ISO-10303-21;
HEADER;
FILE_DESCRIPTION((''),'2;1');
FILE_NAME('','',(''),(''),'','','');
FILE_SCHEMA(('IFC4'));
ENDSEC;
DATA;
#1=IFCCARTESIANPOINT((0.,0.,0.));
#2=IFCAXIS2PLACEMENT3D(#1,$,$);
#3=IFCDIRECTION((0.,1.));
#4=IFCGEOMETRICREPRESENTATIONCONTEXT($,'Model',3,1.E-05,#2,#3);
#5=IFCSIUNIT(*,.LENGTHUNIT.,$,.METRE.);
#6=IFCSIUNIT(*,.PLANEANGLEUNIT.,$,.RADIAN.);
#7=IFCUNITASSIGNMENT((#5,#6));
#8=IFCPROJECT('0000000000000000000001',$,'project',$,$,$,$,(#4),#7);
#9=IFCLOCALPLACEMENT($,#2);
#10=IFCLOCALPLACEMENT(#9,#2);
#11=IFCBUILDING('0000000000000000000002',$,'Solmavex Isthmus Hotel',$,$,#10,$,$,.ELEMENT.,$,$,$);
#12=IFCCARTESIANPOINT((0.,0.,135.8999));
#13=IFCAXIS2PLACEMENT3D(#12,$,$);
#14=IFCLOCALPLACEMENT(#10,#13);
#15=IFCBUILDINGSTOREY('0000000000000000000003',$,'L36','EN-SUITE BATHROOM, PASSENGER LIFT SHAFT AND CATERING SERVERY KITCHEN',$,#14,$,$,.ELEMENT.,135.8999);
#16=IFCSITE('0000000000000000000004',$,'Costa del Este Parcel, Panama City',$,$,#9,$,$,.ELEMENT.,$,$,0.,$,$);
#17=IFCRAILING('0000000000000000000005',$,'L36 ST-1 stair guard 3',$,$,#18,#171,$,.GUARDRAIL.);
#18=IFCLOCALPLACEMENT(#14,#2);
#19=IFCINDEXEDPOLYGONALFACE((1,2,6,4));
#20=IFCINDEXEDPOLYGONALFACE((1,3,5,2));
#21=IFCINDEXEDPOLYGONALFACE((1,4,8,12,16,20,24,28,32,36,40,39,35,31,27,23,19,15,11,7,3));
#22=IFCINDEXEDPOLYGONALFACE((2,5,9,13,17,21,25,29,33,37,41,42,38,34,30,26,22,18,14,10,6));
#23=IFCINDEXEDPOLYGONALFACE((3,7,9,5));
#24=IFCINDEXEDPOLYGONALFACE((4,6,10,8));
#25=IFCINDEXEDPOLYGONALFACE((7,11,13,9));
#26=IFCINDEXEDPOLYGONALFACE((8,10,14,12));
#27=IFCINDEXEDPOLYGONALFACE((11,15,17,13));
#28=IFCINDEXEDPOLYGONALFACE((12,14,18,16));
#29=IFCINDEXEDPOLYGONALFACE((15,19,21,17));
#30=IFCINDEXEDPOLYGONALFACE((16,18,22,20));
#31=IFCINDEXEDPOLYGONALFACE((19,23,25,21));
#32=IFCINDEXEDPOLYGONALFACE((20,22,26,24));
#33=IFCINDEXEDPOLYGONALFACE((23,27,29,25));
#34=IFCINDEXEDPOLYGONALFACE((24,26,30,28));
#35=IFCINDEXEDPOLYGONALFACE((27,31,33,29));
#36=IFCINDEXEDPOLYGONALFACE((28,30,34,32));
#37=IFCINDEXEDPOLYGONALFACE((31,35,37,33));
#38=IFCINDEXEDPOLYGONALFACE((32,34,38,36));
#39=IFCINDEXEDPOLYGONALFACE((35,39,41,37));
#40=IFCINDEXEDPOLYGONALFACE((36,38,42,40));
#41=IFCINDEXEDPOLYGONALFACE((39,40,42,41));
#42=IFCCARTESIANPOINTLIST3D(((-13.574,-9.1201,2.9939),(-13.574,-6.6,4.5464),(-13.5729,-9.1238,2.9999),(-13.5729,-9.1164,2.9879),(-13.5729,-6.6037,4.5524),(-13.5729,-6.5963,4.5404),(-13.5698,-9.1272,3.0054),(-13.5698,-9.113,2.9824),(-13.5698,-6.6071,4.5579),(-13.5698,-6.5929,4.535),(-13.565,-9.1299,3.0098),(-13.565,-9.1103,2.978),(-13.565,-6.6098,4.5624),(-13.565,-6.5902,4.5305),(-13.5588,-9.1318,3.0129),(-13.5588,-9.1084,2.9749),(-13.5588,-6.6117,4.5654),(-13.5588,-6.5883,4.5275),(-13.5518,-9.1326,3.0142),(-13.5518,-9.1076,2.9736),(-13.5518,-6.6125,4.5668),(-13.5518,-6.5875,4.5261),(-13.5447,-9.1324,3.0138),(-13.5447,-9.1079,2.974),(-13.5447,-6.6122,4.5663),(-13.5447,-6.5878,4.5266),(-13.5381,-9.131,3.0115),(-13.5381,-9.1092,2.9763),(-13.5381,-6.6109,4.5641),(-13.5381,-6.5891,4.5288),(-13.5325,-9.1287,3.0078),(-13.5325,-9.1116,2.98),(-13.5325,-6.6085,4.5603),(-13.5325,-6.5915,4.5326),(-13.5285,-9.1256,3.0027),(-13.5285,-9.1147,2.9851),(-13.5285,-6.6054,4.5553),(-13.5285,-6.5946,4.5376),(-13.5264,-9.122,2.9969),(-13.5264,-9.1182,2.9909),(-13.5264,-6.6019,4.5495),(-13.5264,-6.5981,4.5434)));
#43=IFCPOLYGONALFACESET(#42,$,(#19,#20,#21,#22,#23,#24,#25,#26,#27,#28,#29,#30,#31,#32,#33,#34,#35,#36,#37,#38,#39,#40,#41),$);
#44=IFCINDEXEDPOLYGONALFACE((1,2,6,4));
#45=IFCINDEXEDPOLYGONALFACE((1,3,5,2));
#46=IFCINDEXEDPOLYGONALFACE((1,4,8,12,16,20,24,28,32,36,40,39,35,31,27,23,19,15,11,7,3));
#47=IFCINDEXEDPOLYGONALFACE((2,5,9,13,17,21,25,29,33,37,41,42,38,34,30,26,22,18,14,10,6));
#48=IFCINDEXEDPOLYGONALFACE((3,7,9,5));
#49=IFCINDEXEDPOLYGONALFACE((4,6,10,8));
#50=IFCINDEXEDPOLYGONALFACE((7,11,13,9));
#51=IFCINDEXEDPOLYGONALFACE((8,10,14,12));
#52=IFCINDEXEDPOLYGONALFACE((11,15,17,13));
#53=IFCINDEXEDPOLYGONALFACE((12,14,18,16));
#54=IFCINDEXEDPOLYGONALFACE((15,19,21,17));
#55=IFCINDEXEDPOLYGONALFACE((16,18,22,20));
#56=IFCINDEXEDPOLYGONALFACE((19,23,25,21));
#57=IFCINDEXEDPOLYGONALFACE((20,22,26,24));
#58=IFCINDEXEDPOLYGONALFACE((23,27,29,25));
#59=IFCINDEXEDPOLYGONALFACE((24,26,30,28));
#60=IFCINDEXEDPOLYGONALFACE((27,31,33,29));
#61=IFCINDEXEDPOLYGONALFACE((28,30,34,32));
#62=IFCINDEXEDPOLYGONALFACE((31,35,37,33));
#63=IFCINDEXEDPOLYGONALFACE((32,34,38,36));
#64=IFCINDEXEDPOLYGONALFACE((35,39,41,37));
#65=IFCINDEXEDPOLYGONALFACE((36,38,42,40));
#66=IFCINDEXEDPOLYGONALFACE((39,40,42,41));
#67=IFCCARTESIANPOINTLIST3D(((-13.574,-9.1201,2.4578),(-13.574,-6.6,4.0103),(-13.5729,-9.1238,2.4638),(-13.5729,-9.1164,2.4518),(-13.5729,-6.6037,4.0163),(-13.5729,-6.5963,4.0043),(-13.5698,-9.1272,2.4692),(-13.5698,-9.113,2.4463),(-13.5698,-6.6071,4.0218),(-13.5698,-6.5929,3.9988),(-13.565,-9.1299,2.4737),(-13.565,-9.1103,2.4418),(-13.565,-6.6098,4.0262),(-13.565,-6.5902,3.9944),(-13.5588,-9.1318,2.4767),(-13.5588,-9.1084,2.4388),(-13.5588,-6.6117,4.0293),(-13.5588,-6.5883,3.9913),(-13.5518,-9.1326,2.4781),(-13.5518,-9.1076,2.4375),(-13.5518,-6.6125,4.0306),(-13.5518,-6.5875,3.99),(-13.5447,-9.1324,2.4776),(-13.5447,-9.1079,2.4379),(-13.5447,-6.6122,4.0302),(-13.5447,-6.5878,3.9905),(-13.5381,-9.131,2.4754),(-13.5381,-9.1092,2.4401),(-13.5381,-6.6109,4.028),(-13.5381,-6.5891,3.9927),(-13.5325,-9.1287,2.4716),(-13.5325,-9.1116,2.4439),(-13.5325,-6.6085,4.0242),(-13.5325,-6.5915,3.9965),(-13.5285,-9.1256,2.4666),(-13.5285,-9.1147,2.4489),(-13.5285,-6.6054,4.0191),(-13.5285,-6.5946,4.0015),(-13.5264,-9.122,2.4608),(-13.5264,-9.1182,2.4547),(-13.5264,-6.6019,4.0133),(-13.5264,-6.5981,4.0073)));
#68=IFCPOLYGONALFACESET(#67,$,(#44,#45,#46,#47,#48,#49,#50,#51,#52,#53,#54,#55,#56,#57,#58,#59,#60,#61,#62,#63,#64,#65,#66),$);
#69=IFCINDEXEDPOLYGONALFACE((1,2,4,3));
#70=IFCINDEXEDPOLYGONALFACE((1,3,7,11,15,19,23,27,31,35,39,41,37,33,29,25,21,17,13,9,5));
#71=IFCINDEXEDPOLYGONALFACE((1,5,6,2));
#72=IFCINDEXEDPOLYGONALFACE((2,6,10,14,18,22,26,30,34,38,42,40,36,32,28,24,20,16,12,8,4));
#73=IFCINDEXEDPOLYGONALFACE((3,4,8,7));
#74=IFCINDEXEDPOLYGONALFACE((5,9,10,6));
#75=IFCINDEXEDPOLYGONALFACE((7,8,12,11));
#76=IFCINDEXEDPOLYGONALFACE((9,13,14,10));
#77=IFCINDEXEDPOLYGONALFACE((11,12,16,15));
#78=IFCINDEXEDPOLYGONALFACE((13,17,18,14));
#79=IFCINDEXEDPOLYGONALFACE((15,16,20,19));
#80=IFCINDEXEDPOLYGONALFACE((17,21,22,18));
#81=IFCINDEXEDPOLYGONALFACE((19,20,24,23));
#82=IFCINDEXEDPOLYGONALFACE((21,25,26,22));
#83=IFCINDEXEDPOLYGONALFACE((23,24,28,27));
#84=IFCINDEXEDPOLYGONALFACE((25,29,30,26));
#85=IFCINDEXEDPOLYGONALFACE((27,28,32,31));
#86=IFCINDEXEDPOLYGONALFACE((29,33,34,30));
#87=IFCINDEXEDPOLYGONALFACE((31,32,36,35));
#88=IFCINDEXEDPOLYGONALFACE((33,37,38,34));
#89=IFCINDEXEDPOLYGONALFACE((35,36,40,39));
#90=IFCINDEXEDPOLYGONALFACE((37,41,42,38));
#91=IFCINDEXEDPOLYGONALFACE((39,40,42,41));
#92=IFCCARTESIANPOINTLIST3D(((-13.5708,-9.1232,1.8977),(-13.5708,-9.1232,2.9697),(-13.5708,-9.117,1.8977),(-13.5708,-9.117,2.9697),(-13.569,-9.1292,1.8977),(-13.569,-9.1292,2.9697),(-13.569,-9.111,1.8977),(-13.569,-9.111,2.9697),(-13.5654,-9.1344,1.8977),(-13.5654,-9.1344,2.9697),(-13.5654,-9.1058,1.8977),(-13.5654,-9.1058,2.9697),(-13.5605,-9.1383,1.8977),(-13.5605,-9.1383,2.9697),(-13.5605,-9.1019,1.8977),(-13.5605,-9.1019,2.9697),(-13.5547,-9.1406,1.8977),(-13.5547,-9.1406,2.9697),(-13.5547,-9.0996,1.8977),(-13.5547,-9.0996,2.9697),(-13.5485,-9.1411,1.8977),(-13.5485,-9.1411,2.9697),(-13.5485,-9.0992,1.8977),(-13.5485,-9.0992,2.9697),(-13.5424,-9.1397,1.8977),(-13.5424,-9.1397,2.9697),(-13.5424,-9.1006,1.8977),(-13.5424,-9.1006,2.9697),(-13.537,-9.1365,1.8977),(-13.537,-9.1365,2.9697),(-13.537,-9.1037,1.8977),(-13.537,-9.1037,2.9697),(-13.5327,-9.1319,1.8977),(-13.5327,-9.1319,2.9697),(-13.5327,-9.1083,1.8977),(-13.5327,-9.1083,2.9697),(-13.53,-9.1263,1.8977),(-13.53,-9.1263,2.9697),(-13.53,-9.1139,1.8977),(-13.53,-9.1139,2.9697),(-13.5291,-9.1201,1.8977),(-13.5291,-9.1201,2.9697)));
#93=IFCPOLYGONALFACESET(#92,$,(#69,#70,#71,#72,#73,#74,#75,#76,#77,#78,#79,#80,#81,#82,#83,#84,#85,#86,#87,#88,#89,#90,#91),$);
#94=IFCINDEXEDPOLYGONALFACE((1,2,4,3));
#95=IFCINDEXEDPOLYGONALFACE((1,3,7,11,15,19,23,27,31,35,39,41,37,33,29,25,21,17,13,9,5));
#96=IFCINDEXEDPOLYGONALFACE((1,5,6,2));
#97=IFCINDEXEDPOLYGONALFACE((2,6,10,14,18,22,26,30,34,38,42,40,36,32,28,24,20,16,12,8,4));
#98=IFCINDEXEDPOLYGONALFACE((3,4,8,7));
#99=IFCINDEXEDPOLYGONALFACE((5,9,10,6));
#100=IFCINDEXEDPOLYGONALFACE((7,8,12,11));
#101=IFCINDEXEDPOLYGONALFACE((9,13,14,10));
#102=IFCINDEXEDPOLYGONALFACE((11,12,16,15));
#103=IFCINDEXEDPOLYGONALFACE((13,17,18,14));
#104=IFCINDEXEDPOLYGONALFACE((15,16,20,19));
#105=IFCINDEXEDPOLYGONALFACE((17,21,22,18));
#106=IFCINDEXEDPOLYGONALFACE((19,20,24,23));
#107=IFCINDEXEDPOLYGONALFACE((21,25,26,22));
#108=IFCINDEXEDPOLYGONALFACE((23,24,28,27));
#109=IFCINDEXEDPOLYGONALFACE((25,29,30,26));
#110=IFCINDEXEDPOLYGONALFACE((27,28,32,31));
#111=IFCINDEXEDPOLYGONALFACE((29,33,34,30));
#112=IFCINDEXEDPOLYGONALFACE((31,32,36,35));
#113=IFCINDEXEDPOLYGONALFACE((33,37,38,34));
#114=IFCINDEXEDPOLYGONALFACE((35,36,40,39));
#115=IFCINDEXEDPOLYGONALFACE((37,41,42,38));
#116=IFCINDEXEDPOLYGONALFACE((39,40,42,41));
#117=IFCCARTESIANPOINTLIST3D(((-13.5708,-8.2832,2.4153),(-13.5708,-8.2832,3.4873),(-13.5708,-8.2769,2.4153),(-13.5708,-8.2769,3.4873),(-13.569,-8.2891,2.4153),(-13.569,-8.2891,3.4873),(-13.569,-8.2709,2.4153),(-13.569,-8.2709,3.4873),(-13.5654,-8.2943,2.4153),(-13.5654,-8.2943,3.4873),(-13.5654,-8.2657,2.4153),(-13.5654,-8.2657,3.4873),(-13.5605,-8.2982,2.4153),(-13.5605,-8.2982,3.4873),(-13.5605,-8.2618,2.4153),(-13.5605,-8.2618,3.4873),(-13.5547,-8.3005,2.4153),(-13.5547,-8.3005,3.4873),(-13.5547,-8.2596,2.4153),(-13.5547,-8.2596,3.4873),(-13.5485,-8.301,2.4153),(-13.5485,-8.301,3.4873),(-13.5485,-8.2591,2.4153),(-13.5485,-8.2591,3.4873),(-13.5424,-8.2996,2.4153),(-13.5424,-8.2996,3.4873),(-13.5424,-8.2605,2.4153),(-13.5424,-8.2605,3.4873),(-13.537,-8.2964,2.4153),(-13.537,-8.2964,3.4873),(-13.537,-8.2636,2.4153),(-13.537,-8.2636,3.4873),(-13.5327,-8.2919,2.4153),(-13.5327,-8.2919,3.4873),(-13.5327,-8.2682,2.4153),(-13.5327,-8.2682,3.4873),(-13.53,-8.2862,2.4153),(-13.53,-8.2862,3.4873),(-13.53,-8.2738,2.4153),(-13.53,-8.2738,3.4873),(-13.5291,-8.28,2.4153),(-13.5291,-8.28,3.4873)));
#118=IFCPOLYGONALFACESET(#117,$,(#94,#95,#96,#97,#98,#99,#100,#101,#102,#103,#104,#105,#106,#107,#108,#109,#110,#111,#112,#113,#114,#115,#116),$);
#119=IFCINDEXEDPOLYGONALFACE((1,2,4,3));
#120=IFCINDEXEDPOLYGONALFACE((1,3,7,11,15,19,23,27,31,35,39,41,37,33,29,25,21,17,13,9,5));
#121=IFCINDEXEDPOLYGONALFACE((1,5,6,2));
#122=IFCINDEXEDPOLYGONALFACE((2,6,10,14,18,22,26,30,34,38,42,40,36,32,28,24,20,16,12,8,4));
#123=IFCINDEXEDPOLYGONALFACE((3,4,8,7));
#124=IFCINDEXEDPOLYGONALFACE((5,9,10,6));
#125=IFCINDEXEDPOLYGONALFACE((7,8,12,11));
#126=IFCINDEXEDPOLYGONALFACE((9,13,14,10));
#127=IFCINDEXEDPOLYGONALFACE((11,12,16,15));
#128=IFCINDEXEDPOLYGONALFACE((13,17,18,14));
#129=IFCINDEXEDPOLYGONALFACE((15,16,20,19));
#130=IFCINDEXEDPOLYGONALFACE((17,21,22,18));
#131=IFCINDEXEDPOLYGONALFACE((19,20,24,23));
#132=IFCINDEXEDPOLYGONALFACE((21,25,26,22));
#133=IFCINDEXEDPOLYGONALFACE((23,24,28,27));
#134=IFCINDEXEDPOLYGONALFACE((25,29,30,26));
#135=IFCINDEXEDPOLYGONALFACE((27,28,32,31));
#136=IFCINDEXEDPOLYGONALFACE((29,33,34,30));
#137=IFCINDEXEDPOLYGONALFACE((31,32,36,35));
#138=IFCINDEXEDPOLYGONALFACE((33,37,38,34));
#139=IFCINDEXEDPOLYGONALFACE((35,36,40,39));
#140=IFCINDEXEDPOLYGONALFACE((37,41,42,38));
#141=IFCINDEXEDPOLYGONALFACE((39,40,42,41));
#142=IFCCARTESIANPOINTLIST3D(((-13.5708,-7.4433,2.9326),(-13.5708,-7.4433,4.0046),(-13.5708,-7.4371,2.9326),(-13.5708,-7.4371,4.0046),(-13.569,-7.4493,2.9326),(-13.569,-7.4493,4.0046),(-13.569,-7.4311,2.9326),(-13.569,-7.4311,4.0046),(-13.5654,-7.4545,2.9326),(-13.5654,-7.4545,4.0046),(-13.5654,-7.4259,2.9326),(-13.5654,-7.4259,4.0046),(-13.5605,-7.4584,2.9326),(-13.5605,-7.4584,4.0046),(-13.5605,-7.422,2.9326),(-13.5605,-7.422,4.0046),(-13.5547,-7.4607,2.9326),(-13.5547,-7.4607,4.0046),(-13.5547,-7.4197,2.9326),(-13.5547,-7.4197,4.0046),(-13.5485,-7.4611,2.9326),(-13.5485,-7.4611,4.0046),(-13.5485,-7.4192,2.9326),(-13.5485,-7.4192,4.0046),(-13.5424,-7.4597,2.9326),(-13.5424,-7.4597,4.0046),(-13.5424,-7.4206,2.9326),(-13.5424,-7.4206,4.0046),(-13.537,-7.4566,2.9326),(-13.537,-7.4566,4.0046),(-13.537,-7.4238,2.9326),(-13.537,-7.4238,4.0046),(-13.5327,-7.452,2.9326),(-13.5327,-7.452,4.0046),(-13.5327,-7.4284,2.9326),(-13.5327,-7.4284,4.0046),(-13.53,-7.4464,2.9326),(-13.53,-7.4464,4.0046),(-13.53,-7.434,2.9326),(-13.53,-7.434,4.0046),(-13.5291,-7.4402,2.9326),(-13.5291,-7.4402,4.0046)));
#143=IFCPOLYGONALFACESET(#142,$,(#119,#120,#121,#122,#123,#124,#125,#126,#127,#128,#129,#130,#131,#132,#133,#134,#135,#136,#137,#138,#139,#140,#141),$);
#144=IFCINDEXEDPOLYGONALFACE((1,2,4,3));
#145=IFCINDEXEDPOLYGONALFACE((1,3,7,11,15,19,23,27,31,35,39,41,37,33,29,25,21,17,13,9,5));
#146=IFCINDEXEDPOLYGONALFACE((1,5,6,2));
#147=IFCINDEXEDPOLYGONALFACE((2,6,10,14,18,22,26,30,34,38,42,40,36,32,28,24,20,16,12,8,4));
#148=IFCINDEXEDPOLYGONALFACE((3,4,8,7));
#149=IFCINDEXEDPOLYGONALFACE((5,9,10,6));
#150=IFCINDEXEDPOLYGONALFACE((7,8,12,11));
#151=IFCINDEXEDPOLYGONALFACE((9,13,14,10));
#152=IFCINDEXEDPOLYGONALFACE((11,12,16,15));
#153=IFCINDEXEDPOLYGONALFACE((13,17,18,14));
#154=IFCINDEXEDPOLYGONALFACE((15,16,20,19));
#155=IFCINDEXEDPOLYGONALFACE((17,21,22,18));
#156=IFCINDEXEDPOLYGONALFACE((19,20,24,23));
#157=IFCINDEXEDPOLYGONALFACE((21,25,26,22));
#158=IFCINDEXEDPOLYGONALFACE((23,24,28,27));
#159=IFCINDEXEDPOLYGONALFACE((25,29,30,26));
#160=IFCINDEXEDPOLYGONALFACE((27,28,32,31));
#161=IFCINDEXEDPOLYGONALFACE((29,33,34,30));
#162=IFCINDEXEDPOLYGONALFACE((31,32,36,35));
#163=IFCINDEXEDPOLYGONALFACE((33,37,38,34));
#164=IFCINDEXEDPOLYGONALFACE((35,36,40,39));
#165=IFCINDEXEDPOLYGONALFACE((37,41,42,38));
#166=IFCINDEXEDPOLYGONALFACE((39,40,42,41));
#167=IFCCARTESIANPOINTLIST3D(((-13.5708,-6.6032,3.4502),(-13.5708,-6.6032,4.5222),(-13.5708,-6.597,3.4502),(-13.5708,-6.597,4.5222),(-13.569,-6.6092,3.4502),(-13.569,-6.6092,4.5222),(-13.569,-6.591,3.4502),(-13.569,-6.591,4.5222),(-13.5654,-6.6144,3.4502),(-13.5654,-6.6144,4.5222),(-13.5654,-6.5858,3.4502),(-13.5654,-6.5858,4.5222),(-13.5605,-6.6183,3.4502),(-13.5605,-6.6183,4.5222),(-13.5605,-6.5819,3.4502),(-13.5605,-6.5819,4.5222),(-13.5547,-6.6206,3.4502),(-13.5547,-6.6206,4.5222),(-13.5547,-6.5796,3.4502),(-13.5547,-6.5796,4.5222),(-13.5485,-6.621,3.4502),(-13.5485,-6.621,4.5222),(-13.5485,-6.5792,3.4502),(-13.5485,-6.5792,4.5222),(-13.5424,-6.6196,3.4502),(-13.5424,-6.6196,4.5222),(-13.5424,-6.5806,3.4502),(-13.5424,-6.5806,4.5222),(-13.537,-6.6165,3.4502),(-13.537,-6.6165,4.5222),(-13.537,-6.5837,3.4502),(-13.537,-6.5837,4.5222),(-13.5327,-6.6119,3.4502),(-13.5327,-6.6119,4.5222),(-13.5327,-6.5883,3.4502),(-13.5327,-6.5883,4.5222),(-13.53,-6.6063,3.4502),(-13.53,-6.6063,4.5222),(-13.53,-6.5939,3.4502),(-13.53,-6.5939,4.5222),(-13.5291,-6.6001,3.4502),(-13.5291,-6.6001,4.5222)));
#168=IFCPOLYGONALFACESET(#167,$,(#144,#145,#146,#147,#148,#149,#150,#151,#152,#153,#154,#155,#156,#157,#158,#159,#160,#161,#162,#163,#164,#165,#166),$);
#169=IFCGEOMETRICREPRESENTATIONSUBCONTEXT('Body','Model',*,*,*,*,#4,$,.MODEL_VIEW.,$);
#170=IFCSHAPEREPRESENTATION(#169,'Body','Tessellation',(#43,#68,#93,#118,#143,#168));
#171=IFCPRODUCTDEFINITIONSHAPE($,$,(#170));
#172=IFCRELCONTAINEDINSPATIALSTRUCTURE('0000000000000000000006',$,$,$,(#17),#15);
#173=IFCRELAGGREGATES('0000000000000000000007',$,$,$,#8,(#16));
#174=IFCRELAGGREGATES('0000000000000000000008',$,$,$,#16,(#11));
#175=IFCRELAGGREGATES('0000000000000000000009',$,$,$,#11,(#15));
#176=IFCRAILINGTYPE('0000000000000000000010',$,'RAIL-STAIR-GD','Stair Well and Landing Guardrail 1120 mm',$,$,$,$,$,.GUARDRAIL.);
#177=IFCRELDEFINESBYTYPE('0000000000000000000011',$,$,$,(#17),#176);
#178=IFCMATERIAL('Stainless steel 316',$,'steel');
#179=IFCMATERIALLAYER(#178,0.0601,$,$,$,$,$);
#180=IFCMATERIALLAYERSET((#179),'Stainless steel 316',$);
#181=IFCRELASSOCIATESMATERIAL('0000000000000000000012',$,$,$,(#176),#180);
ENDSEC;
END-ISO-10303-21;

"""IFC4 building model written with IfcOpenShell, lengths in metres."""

from ifc_helpers import new_model, si_unit, direction, frame, origin, origin_2d, place, context, subcontext, project, spatial, circle, extrude, material, layer, layer_set, type_object, element, save


model = new_model("IFC4")

# Units and contexts
model_context = context("Model", 3, precision=1e-05, world=origin(), true_north=direction((0.0, 1.0)))
body_context = subcontext(model_context, "Body", "Model", "MODEL_VIEW")
ifc_project = project(units=[si_unit("LENGTHUNIT", "METRE"), si_unit("PLANEANGLEUNIT", "RADIAN")], contexts=[model_context])

# Site, building, storey
site_placement = place(None, origin())
site = spatial("IfcSite", under=ifc_project, at=site_placement, Name="Costa del Este Parcel, Panama City", CompositionType="ELEMENT", RefElevation=0.0)
building_placement = place(site_placement, origin())
building = spatial("IfcBuilding", under=site, at=building_placement, Name="Solmavex Isthmus Hotel", CompositionType="ELEMENT")
storey_placement = place(building_placement, frame((0.0, 0.0, 135.8999)))
storey = spatial("IfcBuildingStorey", under=building, at=storey_placement, Name="L36", Description="EN-SUITE BATHROOM, PASSENGER LIFT SHAFT AND CATERING SERVERY KITCHEN", CompositionType="ELEMENT", Elevation=135.8999)

# Railing
ifc_material_1 = material(Name="Stainless steel 316", Category="steel")
ifc_layer_1 = layer(ifc_material_1, 0.0601)
ifc_layer_set_1 = layer_set([ifc_layer_1], Name="Stainless steel 316")
railing_type_1 = type_object("IfcRailingType", Name="RAIL-STAIR-GD", Description="Stair Well and Landing Guardrail 1120 mm", PredefinedType="GUARDRAIL", material=ifc_layer_set_1)
railing_1_placement = place(storey_placement, frame((-13.55, -9.1201, 1.8977)))
element("IfcRailing", 1, at=railing_1_placement, inside=storey, type_object=railing_type_1, Name="L36 ST-1 stair guard 3", PredefinedType="GUARDRAIL", context=body_context, shape_type="SweptSolid", body=[
    extrude(circle(Radius=0.0239, at=origin_2d()), frame((0.0, 0.0, 1.0962), z_axis=(0.0, 0.8514, 0.524516), x_axis=(-1.0, 0.0, 0.0)), (0.0, 0.0, 1.0), 2.96),
    extrude(circle(Radius=0.0239, at=origin_2d()), frame((0.0, 0.0, 0.5601), z_axis=(0.0, 0.8514, 0.524516), x_axis=(-1.0, 0.0, 0.0)), (0.0, 0.0, 1.0), 2.96),
    extrude(circle(Radius=0.021, at=origin_2d()), origin(), (0.0, 0.0, 1.0), 1.072),
    extrude(circle(Radius=0.021, at=origin_2d()), frame((0.0, 0.8401, 0.5176)), (0.0, 0.0, 1.0), 1.072),
    extrude(circle(Radius=0.021, at=origin_2d()), frame((0.0, 1.6799, 1.0349)), (0.0, 0.0, 1.0), 1.072),
    extrude(circle(Radius=0.021, at=origin_2d()), frame((0.0, 2.52, 1.5525)), (0.0, 0.0, 1.0), 1.072),
])

save(model, "model.ifc")
